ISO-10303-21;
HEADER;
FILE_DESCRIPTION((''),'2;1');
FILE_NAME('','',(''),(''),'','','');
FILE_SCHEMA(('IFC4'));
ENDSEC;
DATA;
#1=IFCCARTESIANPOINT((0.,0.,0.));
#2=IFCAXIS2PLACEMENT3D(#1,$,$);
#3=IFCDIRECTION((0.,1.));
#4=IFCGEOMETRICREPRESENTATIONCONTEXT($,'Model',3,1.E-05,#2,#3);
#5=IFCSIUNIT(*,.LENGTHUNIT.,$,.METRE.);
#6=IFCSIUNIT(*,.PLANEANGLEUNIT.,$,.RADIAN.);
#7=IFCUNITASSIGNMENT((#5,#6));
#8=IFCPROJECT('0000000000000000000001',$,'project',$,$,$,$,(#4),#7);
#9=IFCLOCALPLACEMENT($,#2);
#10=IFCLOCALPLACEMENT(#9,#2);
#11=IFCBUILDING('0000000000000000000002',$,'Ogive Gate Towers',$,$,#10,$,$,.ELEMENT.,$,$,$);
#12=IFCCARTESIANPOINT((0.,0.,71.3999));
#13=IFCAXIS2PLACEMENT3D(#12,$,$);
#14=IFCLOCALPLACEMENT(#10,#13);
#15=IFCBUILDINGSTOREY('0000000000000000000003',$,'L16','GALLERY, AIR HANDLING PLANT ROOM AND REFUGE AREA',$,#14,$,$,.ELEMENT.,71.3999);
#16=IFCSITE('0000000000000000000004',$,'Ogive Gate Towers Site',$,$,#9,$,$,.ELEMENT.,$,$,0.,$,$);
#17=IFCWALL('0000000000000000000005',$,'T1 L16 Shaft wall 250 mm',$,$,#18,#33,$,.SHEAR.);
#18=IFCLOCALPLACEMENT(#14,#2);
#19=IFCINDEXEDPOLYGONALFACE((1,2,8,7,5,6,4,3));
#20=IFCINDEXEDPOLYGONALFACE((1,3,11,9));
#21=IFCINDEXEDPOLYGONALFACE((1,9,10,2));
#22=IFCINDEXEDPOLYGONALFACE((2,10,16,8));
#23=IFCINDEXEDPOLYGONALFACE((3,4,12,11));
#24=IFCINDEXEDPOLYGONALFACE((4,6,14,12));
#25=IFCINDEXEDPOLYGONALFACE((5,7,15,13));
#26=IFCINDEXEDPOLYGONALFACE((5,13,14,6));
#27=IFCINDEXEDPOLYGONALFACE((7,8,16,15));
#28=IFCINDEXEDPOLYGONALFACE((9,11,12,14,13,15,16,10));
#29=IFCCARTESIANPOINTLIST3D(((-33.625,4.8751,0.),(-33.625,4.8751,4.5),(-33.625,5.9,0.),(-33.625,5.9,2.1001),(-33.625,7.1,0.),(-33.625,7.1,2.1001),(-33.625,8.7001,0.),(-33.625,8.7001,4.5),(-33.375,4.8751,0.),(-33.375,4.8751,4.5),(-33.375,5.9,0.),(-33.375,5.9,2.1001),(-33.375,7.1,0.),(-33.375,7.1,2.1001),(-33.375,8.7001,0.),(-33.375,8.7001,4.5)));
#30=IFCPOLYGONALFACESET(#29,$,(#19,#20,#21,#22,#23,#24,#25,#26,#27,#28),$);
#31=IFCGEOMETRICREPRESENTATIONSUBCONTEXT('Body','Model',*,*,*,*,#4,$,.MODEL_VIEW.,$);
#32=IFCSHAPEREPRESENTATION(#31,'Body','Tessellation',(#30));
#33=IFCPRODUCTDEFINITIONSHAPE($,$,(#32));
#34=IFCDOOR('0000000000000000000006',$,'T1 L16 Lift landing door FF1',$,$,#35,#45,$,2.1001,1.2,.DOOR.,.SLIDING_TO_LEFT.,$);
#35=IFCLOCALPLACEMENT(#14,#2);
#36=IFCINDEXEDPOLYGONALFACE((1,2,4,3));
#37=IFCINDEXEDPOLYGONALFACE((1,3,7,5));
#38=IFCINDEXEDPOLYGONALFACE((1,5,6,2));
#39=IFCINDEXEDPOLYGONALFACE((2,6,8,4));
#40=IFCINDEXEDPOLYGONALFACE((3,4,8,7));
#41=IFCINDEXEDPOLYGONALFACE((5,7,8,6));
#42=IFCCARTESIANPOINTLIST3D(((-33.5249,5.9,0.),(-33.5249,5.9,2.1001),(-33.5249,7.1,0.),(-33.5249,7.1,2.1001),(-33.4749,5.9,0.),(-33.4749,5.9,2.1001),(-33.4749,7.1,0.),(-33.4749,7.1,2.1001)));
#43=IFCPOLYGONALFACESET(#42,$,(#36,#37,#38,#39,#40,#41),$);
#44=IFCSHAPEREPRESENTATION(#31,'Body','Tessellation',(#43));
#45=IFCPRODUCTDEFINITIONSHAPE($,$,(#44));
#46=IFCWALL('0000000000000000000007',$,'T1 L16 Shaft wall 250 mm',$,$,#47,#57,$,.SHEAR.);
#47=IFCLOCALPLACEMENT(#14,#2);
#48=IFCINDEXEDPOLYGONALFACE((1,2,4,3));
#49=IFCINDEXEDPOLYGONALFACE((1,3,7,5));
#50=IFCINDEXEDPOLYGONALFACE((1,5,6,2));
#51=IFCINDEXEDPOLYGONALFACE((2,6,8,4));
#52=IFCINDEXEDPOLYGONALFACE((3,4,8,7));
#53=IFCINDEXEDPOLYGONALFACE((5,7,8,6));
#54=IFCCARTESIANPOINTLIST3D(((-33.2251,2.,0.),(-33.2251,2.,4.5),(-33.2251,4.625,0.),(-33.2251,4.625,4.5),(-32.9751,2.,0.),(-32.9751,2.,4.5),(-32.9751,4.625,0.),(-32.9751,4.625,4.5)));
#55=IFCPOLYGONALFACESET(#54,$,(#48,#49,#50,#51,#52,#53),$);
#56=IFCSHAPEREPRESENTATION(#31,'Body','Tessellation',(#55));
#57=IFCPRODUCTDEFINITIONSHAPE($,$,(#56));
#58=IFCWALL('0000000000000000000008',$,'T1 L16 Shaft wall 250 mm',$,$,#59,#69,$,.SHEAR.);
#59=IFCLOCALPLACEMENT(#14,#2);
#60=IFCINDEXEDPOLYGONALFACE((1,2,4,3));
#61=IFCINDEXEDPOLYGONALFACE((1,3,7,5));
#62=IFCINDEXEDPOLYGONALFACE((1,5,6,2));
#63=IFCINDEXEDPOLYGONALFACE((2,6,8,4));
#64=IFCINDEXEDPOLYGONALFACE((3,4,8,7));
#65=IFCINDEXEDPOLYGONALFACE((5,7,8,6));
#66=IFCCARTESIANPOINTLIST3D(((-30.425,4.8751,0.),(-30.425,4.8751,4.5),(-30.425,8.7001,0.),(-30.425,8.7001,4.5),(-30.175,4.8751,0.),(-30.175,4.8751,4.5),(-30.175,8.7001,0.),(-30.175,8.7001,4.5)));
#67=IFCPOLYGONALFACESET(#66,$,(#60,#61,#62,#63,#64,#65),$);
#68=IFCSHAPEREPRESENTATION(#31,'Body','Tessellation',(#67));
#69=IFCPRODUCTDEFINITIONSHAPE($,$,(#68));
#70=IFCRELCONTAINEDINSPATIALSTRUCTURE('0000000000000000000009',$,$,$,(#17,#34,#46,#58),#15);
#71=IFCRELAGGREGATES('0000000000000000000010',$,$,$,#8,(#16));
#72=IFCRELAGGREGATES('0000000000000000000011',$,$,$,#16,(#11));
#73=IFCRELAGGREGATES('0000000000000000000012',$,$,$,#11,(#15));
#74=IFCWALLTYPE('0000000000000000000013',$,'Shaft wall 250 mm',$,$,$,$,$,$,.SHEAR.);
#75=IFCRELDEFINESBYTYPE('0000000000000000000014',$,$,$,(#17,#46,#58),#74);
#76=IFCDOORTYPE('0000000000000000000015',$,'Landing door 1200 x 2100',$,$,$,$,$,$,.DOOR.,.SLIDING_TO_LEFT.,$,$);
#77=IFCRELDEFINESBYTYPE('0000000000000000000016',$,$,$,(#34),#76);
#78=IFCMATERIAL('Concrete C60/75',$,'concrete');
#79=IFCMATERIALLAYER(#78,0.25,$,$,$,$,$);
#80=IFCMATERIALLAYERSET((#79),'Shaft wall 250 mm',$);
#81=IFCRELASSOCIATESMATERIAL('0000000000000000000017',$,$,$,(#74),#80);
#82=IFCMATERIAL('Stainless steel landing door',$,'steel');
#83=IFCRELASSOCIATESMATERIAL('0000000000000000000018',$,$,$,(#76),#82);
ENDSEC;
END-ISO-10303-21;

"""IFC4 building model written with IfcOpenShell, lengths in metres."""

from ifc_helpers import new_model, si_unit, direction, frame, frame_2d, origin, place, context, subcontext, project, spatial, rectangle, extrude, material, layer, layer_set, type_object, element, fill, save


model = new_model("IFC4")

# Units and contexts
model_context = context("Model", 3, precision=1e-05, world=origin(), true_north=direction((0.0, 1.0)))
body_context = subcontext(model_context, "Body", "Model", "MODEL_VIEW")
ifc_project = project(units=[si_unit("LENGTHUNIT", "METRE"), si_unit("PLANEANGLEUNIT", "RADIAN")], contexts=[model_context])

# Site, building, storey
site_placement = place(None, origin())
site = spatial("IfcSite", under=ifc_project, at=site_placement, Name="Ogive Gate Towers Site", CompositionType="ELEMENT", RefElevation=0.0)
building_placement = place(site_placement, origin())
building = spatial("IfcBuilding", under=site, at=building_placement, Name="Ogive Gate Towers", CompositionType="ELEMENT")
storey_placement = place(building_placement, frame((0.0, 0.0, 71.3999)))
storey = spatial("IfcBuildingStorey", under=building, at=storey_placement, Name="L16", Description="GALLERY, AIR HANDLING PLANT ROOM AND REFUGE AREA", CompositionType="ELEMENT", Elevation=71.3999)

# Wall, opening, door
ifc_material_1 = material(Name="Concrete C60/75", Category="concrete")
ifc_layer_1 = layer(ifc_material_1, 0.25)
ifc_layer_set_1 = layer_set([ifc_layer_1], Name="Shaft wall 250 mm")
wall_type_1 = type_object("IfcWallType", Name="Shaft wall 250 mm", PredefinedType="SHEAR", material=ifc_layer_set_1)
wall_1_placement = place(storey_placement, frame((-33.5, 4.875, 0.0), z_axis=(0.0, 0.0, 1.0), x_axis=(0.0, 1.0, 0.0)))
wall_1 = element("IfcWall", 1, at=wall_1_placement, inside=storey, type_object=wall_type_1, Name="T1 L16 Shaft wall 250 mm", PredefinedType="SHEAR", context=body_context, shape_type="SweptSolid", body=[
    extrude(rectangle(XDim=3.825, YDim=0.25, at=frame_2d((1.9126, 0.0))), origin(), (0.0, 0.0, 1.0), 4.5),
])
opening_1_placement = place(wall_1_placement, frame((1.0249, 0.0, 0.0)))
opening_1 = element("IfcOpeningElement", 2, at=opening_1_placement, cuts=wall_1, PredefinedType="OPENING", context=body_context, shape_type="SweptSolid", body=[
    extrude(rectangle(XDim=1.2, YDim=2.1001, at=frame_2d((0.6001, 1.05))), frame((0.0, 0.135, 0.0), z_axis=(0.0, -1.0, 0.0), x_axis=(1.0, 0.0, 0.0)), (0.0, 0.0, 1.0), 0.27),
])
ifc_material_2 = material(Name="Stainless steel landing door", Category="steel")
door_type_1 = type_object("IfcDoorType", Name="Landing door 1200 x 2100", OperationType="SLIDING_TO_LEFT", PredefinedType="DOOR", material=ifc_material_2)
door_1_placement = place(opening_1_placement, origin())
door_1 = element("IfcDoor", 3, at=door_1_placement, inside=storey, type_object=door_type_1, Name="T1 L16 Lift landing door FF1", OperationType="SLIDING_TO_LEFT", OverallHeight=2.1001, OverallWidth=1.2, PredefinedType="DOOR", context=body_context, shape_type="SweptSolid", body=[
    extrude(rectangle(XDim=1.2, YDim=2.1001, at=frame_2d((0.6001, 1.05))), frame((0.0, 0.0249, 0.0), z_axis=(0.0, -1.0, 0.0), x_axis=(1.0, 0.0, 0.0)), (0.0, 0.0, 1.0), 0.05),
])
fill(opening_1, door_1)

# Walls
wall_2_placement = place(storey_placement, frame((-33.1001, 2.0, 0.0), z_axis=(0.0, 0.0, 1.0), x_axis=(0.0, 1.0, 0.0)))
element("IfcWall", 4, at=wall_2_placement, inside=storey, type_object=wall_type_1, Name="T1 L16 Shaft wall 250 mm", PredefinedType="SHEAR", context=body_context, shape_type="SweptSolid", body=[
    extrude(rectangle(XDim=2.625, YDim=0.25, at=frame_2d((1.3125, 0.0))), origin(), (0.0, 0.0, 1.0), 4.5),
])
wall_3_placement = place(storey_placement, frame((-30.3, 4.875, 0.0), z_axis=(0.0, 0.0, 1.0), x_axis=(0.0, 1.0, 0.0)))
element("IfcWall", 5, at=wall_3_placement, inside=storey, type_object=wall_type_1, Name="T1 L16 Shaft wall 250 mm", PredefinedType="SHEAR", context=body_context, shape_type="SweptSolid", body=[
    extrude(rectangle(XDim=3.825, YDim=0.25, at=frame_2d((1.9126, 0.0))), origin(), (0.0, 0.0, 1.0), 4.5),
])

save(model, "model.ifc")
